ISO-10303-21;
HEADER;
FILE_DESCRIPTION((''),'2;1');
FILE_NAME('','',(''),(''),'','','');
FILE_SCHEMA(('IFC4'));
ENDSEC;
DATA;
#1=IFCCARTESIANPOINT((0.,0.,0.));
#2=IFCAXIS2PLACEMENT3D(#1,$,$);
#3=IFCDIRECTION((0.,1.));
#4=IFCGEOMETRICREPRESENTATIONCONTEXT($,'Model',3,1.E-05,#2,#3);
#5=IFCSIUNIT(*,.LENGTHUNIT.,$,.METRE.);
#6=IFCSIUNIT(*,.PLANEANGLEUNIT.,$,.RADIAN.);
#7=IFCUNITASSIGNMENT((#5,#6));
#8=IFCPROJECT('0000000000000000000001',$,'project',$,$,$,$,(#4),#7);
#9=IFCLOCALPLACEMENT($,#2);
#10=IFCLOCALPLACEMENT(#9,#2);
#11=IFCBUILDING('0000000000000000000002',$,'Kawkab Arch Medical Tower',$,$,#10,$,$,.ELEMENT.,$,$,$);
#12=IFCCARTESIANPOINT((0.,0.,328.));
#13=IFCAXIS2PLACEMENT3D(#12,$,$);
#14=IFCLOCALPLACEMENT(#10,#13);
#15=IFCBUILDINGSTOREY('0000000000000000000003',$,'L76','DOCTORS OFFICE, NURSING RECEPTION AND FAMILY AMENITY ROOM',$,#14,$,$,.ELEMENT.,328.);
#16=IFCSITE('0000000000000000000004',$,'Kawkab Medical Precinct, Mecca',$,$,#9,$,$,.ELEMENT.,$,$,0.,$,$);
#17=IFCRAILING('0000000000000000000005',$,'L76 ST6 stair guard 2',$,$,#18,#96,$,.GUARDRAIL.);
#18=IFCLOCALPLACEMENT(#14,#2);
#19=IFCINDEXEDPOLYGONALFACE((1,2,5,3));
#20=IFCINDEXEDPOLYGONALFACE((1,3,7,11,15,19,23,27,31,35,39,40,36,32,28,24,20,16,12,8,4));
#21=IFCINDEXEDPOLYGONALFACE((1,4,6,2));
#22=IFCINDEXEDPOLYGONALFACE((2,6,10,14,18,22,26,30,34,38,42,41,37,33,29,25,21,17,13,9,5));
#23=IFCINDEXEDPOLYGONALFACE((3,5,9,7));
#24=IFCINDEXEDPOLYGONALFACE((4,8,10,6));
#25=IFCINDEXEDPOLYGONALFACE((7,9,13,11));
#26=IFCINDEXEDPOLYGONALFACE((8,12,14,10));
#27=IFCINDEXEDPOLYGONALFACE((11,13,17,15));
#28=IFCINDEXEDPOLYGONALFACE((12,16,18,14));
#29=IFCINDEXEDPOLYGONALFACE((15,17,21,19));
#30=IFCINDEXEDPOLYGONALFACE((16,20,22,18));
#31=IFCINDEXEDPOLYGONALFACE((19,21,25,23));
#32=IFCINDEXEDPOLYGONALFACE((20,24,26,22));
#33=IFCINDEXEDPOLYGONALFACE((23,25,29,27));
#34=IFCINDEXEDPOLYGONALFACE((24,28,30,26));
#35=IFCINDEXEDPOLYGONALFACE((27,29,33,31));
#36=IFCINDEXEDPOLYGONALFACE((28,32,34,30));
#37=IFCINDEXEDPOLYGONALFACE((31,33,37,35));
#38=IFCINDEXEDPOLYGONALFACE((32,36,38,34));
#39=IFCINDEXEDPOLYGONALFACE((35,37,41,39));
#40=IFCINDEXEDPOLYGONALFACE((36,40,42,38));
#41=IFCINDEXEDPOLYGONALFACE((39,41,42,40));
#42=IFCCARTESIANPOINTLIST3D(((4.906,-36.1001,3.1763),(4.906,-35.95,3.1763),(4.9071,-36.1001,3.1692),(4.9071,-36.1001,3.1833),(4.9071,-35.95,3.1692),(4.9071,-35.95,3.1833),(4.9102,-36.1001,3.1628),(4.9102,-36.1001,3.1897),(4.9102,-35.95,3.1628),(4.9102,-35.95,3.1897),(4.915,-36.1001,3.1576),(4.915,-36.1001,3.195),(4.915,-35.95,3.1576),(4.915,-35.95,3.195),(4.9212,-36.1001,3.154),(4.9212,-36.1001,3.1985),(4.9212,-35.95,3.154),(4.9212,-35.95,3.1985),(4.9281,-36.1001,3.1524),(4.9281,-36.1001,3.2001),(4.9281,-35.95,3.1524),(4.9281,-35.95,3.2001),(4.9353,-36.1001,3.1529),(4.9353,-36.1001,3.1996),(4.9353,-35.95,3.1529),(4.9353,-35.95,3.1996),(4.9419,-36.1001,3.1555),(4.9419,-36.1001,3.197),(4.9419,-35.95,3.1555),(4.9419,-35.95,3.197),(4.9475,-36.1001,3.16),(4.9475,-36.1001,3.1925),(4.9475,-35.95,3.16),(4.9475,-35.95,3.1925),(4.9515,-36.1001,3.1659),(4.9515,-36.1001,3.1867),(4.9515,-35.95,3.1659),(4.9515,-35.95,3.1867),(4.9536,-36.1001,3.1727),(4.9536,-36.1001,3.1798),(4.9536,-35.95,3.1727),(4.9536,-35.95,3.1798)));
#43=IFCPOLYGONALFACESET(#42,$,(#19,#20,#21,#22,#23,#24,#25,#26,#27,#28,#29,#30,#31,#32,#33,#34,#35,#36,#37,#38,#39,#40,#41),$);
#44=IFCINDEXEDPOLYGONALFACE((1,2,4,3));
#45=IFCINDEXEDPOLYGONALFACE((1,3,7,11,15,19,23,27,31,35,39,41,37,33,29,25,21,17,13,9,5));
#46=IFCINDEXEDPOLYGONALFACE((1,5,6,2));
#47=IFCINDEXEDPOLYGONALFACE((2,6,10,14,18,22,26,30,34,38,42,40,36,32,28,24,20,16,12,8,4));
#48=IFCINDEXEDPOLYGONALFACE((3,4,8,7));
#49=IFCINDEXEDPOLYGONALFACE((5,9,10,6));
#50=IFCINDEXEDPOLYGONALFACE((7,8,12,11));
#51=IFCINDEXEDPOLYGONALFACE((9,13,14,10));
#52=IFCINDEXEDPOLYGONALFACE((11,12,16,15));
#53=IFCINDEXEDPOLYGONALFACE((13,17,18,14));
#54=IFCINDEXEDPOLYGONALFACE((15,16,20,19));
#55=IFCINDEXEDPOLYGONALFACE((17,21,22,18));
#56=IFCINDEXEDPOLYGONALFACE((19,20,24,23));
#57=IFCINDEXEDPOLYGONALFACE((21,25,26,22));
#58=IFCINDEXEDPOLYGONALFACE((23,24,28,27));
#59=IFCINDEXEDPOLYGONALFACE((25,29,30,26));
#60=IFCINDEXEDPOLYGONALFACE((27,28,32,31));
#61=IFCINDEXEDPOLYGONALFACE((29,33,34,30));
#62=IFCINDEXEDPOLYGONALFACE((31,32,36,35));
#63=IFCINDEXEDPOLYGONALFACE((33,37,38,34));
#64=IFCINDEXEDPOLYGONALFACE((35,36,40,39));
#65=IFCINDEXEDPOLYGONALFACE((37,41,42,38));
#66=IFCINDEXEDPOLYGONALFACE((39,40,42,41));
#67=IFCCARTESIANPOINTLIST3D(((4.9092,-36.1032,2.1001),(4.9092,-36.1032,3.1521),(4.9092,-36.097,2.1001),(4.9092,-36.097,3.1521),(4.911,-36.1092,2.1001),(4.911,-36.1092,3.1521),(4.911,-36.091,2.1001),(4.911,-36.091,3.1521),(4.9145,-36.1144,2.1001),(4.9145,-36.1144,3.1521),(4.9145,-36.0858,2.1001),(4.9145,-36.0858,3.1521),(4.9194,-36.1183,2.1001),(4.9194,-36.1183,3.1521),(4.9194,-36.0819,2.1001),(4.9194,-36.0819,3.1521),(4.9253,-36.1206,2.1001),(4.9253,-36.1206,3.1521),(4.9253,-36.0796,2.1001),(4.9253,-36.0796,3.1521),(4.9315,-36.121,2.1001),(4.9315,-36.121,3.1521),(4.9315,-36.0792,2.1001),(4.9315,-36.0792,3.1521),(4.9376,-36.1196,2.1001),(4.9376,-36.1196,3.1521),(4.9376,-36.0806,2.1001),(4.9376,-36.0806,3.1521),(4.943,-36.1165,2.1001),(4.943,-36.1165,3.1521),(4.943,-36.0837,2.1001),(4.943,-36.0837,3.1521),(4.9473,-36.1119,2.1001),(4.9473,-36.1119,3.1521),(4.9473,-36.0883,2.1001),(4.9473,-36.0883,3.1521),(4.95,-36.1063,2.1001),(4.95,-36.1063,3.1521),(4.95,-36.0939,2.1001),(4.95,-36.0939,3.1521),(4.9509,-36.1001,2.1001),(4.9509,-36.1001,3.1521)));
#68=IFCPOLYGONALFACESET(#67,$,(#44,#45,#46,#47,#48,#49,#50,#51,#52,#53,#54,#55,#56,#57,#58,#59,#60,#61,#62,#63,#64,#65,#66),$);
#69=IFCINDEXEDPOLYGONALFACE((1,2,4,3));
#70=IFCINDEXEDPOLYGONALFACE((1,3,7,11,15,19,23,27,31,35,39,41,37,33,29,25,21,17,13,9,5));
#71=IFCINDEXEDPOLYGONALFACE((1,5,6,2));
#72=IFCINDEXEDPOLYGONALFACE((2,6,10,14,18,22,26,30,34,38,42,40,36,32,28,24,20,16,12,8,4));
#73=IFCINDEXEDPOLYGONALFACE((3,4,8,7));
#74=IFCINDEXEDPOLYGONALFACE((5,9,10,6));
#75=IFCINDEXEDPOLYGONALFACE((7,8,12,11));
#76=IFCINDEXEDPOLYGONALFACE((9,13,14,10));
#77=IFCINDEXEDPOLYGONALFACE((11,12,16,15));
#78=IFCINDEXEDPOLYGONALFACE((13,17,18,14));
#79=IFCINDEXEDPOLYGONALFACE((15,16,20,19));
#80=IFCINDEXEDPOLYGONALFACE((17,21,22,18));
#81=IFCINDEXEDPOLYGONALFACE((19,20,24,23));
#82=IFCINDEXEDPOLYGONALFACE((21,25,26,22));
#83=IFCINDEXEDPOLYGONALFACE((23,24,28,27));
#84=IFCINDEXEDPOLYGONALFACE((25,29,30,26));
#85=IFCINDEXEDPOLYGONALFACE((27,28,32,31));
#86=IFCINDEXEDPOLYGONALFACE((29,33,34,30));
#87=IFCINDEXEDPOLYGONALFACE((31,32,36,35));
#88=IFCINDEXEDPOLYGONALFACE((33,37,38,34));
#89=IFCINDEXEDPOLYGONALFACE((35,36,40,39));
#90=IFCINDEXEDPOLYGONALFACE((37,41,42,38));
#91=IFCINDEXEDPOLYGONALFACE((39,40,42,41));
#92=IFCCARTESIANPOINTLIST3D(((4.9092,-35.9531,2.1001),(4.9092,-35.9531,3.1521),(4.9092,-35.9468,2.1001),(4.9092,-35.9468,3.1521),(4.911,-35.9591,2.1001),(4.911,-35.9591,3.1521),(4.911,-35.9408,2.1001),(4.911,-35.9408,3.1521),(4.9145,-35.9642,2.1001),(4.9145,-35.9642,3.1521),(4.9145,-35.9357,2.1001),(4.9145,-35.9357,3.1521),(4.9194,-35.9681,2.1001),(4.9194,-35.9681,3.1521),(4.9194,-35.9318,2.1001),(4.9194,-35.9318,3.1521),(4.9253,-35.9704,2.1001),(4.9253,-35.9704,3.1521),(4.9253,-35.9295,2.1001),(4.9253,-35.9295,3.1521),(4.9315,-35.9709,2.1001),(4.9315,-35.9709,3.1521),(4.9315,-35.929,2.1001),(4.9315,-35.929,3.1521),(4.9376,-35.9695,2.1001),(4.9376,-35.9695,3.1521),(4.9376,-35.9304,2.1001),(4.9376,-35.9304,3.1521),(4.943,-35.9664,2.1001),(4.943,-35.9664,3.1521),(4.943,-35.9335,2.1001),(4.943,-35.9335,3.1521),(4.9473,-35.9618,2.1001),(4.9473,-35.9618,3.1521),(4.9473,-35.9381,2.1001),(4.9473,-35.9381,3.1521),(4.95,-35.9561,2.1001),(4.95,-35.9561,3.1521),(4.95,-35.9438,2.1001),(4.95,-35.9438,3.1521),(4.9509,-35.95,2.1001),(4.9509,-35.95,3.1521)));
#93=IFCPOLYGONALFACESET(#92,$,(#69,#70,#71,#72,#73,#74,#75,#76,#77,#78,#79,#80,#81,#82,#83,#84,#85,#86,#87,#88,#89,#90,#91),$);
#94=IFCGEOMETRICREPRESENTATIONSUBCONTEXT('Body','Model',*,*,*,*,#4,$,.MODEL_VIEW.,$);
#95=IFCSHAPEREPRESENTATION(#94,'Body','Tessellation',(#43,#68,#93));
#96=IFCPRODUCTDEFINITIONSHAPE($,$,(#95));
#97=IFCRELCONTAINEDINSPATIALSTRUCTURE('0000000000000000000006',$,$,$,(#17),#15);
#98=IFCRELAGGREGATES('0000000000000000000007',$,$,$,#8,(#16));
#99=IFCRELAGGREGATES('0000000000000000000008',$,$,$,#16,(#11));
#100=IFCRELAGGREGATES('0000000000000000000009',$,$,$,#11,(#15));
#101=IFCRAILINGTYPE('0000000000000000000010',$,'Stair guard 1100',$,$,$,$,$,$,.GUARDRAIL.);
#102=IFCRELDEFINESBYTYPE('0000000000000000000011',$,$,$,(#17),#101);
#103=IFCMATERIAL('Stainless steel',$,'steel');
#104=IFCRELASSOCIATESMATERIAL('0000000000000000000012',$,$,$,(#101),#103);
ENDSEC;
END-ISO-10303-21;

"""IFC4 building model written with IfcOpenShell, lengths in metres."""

from ifc_helpers import new_model, si_unit, direction, frame, origin, origin_2d, place, context, subcontext, project, spatial, circle, extrude, material, type_object, element, save


model = new_model("IFC4")

# Units and contexts
model_context = context("Model", 3, precision=1e-05, world=origin(), true_north=direction((0.0, 1.0)))
body_context = subcontext(model_context, "Body", "Model", "MODEL_VIEW")
ifc_project = project(units=[si_unit("LENGTHUNIT", "METRE"), si_unit("PLANEANGLEUNIT", "RADIAN")], contexts=[model_context])

# Site, building, storey
site_placement = place(None, origin())
site = spatial("IfcSite", under=ifc_project, at=site_placement, Name="Kawkab Medical Precinct, Mecca", CompositionType="ELEMENT", RefElevation=0.0)
building_placement = place(site_placement, origin())
building = spatial("IfcBuilding", under=site, at=building_placement, Name="Kawkab Arch Medical Tower", CompositionType="ELEMENT")
storey_placement = place(building_placement, frame((0.0, 0.0, 328.0)))
storey = spatial("IfcBuildingStorey", under=building, at=storey_placement, Name="L76", Description="DOCTORS OFFICE, NURSING RECEPTION AND FAMILY AMENITY ROOM", CompositionType="ELEMENT", Elevation=328.0)

# Railing
ifc_material_1 = material(Name="Stainless steel", Category="steel")
railing_type_1 = type_object("IfcRailingType", Name="Stair guard 1100", PredefinedType="GUARDRAIL", material=ifc_material_1)
railing_1_placement = place(storey_placement, frame((4.9299, -36.1001, 2.1001)))
element("IfcRailing", 1, at=railing_1_placement, inside=storey, type_object=railing_type_1, Name="L76 ST6 stair guard 2", PredefinedType="GUARDRAIL", context=body_context, shape_type="SweptSolid", body=[
    extrude(circle(Radius=0.0239, at=origin_2d()), frame((0.0, 0.0, 1.0762), z_axis=(0.0, 1.0, 0.0), x_axis=(-1.0, 0.0, 0.0)), (0.0, 0.0, 1.0), 0.1501),
    extrude(circle(Radius=0.021, at=origin_2d()), origin(), (0.0, 0.0, 1.0), 1.052),
    extrude(circle(Radius=0.021, at=origin_2d()), frame((0.0, 0.1501, 0.0)), (0.0, 0.0, 1.0), 1.052),
])

save(model, "model.ifc")
